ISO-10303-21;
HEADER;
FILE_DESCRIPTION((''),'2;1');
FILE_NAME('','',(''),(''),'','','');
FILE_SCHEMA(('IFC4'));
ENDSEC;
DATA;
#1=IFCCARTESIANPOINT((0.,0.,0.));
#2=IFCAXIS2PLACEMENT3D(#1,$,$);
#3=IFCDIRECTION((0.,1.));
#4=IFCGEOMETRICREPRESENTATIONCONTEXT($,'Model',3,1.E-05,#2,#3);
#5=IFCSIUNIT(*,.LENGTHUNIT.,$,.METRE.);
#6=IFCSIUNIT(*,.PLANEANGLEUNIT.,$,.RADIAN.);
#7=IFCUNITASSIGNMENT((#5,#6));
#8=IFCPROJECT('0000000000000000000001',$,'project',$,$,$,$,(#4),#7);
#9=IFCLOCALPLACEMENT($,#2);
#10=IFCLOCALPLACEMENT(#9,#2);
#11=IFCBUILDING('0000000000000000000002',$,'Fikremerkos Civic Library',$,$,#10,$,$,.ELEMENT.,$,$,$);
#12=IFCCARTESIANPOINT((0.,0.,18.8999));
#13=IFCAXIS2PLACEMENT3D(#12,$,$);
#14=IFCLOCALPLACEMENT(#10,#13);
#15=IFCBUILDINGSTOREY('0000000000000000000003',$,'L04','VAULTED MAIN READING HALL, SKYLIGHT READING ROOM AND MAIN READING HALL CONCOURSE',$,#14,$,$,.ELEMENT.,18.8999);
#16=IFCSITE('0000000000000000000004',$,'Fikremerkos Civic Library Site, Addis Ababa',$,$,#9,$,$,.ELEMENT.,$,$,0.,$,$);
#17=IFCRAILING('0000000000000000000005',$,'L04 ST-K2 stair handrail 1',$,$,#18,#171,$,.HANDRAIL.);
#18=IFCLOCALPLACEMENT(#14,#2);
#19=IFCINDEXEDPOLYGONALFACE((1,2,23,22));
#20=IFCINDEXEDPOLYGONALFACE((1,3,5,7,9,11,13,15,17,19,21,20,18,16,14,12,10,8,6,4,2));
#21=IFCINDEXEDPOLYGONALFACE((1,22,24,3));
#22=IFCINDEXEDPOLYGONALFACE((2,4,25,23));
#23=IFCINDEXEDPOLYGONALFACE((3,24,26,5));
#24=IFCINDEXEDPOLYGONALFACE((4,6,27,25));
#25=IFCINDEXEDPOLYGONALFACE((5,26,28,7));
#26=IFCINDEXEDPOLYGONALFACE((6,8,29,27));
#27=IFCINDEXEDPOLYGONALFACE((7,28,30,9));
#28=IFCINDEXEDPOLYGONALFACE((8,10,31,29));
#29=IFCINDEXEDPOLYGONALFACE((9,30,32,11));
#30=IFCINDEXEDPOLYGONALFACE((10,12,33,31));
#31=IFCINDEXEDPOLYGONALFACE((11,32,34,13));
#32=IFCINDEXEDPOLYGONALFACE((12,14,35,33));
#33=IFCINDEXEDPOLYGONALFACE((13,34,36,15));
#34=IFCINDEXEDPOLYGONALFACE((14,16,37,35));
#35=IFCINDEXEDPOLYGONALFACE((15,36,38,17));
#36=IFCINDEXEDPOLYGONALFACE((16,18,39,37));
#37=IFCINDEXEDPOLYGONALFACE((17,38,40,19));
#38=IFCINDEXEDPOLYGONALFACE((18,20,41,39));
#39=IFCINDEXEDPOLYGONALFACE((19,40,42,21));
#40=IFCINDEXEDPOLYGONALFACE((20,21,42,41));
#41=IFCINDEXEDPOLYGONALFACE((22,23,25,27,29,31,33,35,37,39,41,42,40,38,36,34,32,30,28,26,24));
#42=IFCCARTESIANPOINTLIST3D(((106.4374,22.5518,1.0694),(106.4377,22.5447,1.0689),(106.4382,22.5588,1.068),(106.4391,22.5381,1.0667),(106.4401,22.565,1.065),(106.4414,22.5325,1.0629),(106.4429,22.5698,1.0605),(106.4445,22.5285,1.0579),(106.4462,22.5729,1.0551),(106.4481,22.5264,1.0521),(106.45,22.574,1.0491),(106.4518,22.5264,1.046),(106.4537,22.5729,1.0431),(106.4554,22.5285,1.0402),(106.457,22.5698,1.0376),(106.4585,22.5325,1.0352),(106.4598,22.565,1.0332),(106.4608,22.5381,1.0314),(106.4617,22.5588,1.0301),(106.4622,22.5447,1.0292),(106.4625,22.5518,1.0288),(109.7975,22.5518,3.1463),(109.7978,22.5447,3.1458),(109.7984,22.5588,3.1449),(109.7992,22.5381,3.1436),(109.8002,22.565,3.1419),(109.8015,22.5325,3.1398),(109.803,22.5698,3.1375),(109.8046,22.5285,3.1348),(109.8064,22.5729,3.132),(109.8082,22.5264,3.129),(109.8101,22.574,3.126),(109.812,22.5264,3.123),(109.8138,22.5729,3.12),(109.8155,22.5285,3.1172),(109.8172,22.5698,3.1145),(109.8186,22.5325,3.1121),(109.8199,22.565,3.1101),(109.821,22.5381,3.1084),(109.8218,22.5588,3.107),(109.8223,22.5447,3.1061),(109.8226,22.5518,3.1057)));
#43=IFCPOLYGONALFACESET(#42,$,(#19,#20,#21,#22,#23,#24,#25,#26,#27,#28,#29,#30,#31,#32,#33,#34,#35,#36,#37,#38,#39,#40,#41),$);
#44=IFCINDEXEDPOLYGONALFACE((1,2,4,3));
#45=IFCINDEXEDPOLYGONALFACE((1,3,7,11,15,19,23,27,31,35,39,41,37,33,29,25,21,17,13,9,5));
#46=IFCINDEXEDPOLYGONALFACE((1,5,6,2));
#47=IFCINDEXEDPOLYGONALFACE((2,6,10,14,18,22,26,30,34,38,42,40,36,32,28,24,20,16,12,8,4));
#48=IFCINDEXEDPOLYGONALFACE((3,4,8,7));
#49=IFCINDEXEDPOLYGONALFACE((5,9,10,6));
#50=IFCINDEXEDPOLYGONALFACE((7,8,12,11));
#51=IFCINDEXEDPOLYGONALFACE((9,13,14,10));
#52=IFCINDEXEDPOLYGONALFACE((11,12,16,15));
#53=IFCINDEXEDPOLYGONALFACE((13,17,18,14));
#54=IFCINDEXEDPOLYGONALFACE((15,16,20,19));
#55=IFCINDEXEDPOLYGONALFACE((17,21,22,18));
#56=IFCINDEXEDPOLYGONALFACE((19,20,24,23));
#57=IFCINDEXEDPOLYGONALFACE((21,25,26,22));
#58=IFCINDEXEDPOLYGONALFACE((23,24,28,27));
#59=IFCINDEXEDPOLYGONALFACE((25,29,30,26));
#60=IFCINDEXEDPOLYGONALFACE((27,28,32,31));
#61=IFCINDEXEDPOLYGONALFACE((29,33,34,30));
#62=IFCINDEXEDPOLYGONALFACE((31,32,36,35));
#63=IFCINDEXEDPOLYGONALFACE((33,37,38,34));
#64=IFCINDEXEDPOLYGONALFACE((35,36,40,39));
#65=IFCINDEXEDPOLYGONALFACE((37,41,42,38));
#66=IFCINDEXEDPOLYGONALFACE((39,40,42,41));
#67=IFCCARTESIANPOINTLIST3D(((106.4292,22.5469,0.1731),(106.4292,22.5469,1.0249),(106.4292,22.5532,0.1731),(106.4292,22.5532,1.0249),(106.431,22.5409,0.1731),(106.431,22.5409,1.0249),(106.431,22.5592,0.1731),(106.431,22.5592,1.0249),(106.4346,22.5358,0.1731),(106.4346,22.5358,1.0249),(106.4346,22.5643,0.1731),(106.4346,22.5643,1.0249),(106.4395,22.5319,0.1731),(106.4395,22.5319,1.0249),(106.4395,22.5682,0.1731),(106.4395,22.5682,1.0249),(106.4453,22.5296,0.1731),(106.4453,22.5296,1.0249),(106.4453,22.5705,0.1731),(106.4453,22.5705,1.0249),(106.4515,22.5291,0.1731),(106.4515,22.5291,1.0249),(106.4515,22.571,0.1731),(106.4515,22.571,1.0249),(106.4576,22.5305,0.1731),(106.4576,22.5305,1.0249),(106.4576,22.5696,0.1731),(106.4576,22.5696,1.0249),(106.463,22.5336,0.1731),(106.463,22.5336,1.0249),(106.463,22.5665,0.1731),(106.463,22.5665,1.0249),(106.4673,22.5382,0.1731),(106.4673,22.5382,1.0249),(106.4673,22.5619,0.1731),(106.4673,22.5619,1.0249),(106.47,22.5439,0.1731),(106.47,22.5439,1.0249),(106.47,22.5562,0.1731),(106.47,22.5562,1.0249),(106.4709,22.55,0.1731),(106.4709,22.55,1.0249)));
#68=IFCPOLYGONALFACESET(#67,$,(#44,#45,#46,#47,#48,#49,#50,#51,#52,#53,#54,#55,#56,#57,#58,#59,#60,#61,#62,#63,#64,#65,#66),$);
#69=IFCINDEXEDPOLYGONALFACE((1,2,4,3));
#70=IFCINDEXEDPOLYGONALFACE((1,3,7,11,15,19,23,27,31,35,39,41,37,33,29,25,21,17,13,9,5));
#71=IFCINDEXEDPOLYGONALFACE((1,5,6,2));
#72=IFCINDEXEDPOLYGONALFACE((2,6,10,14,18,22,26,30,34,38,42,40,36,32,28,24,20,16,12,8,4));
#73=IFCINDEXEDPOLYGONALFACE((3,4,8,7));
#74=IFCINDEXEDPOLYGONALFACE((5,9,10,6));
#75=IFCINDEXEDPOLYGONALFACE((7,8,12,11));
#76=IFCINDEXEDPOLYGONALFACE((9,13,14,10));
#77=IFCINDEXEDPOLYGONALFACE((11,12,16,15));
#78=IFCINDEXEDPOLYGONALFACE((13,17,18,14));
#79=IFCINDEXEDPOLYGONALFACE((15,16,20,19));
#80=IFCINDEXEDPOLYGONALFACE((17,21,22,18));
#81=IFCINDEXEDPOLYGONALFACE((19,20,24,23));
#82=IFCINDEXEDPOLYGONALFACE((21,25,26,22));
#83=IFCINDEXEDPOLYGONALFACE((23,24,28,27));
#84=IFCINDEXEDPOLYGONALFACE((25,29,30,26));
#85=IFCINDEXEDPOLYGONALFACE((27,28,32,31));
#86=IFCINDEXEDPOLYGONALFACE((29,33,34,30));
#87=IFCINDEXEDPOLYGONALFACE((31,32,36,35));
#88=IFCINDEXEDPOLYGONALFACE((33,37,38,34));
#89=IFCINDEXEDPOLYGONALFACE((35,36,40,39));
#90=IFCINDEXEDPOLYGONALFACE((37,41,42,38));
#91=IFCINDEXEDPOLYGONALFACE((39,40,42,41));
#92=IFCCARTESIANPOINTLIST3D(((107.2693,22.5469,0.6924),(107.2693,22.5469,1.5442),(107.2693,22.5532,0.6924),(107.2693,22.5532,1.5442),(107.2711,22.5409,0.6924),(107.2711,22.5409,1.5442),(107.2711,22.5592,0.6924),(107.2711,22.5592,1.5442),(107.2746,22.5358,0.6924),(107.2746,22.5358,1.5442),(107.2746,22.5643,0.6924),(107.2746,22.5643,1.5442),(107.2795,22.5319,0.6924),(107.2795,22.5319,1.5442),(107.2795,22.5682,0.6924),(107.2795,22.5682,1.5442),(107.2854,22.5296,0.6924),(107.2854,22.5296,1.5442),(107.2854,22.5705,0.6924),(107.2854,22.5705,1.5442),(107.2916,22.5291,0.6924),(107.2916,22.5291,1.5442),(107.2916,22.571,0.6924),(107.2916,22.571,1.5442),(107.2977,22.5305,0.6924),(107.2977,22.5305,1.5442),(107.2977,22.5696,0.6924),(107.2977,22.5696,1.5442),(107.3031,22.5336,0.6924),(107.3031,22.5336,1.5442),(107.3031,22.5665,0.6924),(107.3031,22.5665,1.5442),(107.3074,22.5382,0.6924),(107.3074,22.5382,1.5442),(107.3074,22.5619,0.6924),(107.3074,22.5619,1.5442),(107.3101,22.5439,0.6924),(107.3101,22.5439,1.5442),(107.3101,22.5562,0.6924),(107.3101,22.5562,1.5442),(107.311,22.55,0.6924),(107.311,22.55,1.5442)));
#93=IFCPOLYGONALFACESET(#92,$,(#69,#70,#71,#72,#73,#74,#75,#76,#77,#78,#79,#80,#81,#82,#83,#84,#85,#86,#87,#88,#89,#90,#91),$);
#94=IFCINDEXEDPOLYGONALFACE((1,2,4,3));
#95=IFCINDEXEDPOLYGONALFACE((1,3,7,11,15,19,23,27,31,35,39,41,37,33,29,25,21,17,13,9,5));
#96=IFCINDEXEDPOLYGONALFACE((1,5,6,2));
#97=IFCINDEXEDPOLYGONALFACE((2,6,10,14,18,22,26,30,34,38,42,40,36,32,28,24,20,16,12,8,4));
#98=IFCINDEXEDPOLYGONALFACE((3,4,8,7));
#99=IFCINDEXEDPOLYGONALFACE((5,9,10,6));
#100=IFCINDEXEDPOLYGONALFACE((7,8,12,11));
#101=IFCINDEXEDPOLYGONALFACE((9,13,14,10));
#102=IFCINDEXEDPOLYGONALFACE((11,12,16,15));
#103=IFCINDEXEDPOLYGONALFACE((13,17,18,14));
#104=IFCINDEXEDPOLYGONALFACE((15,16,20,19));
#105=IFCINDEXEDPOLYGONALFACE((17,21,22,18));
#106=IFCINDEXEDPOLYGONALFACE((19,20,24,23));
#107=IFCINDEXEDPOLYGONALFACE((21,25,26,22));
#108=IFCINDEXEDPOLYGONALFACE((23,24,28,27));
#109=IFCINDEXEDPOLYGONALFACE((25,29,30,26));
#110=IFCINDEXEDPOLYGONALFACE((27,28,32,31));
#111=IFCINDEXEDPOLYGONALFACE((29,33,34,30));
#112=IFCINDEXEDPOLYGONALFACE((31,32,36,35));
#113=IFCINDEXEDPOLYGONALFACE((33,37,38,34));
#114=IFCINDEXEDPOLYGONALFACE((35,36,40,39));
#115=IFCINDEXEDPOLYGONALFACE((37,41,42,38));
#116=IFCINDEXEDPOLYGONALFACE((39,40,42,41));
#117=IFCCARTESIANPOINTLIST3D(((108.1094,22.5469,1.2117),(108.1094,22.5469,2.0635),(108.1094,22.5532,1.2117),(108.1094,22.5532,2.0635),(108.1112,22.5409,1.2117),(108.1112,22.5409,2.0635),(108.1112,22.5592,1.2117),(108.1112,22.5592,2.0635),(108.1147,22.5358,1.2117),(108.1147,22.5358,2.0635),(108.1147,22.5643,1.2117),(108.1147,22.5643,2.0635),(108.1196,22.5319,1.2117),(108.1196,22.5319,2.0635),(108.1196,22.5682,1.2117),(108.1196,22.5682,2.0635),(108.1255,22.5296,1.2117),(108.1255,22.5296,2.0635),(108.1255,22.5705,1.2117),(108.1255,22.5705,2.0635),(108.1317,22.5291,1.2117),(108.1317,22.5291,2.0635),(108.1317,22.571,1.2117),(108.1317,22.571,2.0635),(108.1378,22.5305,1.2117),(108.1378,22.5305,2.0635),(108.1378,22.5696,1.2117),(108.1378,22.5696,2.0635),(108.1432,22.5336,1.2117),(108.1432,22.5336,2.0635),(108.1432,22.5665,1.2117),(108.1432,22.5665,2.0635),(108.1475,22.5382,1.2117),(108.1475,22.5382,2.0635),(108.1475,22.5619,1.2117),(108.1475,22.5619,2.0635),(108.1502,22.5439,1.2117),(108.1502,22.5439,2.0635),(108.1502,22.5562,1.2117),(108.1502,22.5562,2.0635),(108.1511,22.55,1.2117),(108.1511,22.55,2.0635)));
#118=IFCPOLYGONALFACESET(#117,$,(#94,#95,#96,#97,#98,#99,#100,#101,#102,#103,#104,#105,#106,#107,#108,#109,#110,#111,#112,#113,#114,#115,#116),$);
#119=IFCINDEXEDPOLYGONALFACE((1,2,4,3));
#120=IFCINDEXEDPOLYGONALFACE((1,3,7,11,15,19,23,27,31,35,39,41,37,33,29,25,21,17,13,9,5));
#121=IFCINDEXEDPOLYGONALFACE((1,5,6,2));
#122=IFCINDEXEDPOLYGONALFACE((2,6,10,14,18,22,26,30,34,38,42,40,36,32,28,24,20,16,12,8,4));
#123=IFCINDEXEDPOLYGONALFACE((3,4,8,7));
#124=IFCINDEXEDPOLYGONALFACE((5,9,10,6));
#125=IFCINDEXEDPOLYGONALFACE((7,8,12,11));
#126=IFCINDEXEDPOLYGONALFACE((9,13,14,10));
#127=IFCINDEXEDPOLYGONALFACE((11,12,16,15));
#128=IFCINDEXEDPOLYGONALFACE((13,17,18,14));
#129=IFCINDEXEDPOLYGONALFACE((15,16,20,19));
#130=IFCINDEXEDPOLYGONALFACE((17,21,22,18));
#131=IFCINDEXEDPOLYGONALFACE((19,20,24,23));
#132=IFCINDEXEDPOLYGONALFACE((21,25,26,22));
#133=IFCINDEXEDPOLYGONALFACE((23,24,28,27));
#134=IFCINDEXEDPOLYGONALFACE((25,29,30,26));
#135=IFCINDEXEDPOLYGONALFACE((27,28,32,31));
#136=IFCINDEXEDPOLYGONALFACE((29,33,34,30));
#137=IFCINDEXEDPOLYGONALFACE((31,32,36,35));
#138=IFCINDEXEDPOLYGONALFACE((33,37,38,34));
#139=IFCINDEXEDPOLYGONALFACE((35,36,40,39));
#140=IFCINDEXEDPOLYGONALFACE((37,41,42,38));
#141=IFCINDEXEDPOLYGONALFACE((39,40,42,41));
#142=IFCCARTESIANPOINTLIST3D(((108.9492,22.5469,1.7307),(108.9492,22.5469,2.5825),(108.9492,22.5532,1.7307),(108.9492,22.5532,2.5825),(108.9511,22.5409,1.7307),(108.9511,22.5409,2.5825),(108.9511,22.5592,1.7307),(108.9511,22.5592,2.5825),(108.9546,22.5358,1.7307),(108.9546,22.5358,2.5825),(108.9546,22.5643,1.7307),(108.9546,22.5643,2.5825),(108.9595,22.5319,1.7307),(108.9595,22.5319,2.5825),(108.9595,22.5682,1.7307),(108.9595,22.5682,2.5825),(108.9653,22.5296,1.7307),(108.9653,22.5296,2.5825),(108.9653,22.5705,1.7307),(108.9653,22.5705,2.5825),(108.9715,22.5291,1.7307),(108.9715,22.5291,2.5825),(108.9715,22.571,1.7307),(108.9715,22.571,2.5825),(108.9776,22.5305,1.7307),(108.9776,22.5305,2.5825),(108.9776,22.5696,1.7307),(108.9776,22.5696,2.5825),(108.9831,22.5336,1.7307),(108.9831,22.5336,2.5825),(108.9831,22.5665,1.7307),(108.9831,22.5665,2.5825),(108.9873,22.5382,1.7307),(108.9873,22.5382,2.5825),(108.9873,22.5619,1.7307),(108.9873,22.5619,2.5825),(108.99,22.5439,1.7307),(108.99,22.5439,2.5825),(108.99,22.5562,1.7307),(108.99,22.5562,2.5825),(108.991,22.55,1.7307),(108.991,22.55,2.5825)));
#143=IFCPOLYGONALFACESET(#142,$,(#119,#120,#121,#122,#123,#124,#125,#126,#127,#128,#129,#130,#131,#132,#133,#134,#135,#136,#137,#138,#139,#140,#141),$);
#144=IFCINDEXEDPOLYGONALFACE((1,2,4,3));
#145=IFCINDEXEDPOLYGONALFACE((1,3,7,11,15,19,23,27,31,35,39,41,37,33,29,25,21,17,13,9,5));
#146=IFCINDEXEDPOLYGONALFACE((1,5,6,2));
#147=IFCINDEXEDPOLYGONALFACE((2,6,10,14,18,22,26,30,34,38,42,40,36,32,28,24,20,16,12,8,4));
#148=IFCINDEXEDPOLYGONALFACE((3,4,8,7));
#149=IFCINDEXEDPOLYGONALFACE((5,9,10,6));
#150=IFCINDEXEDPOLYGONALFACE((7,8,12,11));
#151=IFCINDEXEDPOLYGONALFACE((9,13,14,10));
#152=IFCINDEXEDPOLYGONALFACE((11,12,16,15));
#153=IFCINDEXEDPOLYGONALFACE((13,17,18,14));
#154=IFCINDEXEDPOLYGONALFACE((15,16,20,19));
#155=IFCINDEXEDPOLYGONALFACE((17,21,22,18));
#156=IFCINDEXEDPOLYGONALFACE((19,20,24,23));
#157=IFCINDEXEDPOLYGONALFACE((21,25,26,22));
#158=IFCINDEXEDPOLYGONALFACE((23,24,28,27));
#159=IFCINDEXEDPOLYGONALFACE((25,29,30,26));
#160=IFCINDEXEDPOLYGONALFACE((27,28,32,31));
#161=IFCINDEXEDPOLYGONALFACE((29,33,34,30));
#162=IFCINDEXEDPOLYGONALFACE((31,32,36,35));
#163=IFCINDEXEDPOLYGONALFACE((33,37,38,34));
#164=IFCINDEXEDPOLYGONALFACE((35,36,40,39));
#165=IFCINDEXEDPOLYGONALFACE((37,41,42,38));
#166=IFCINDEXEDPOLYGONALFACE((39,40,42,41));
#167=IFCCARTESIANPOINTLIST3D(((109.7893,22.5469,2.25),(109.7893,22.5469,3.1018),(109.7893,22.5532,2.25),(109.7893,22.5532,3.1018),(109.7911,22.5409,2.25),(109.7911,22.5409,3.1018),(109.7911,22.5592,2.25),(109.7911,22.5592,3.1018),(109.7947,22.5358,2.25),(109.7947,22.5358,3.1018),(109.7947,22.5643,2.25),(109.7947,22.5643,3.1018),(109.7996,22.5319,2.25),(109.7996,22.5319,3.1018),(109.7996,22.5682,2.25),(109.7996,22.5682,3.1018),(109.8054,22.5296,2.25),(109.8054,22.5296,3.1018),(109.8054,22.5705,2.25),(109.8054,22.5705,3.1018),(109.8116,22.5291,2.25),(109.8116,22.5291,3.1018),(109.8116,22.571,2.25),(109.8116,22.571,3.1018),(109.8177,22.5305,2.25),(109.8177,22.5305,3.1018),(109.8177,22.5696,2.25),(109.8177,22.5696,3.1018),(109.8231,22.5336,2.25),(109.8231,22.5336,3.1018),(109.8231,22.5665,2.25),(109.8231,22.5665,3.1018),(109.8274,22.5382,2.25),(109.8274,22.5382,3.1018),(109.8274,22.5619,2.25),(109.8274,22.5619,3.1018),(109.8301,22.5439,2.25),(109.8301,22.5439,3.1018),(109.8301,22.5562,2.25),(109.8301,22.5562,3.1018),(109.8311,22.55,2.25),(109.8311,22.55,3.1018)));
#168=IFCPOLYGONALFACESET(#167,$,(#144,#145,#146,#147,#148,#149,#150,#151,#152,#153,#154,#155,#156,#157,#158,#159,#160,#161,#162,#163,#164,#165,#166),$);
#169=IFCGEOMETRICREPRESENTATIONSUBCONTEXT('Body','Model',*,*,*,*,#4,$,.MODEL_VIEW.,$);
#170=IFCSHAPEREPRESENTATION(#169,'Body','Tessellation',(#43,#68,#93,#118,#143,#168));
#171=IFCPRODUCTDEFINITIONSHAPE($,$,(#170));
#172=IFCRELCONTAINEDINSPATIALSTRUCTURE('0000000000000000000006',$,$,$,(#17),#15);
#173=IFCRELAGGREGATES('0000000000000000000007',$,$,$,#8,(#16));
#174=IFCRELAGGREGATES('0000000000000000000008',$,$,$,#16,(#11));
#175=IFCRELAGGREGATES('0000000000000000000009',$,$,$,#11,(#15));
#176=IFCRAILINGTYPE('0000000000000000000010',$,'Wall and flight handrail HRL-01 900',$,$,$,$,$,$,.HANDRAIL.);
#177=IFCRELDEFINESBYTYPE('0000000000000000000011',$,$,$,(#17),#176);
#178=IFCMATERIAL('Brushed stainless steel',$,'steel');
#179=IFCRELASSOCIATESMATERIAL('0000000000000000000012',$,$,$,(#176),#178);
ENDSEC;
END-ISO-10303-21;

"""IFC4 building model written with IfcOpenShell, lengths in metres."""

from ifc_helpers import new_model, si_unit, direction, frame, origin, origin_2d, place, context, subcontext, project, spatial, circle, extrude, material, type_object, element, save


model = new_model("IFC4")

# Units and contexts
model_context = context("Model", 3, precision=1e-05, world=origin(), true_north=direction((0.0, 1.0)))
body_context = subcontext(model_context, "Body", "Model", "MODEL_VIEW")
ifc_project = project(units=[si_unit("LENGTHUNIT", "METRE"), si_unit("PLANEANGLEUNIT", "RADIAN")], contexts=[model_context])

# Site, building, storey
site_placement = place(None, origin())
site = spatial("IfcSite", under=ifc_project, at=site_placement, Name="Fikremerkos Civic Library Site, Addis Ababa", CompositionType="ELEMENT", RefElevation=0.0)
building_placement = place(site_placement, origin())
building = spatial("IfcBuilding", under=site, at=building_placement, Name="Fikremerkos Civic Library", CompositionType="ELEMENT")
storey_placement = place(building_placement, frame((0.0, 0.0, 18.8999)))
storey = spatial("IfcBuildingStorey", under=building, at=storey_placement, Name="L04", Description="VAULTED MAIN READING HALL, SKYLIGHT READING ROOM AND MAIN READING HALL CONCOURSE", CompositionType="ELEMENT", Elevation=18.8999)

# Shared definitions
ifc_material_1 = material(Name="Brushed stainless steel", Category="steel")

# Railing
railing_type_1 = type_object("IfcRailingType", Name="Wall and flight handrail HRL-01 900", PredefinedType="HANDRAIL", material=ifc_material_1)
railing_1_placement = place(storey_placement, frame((106.45, 22.55, 0.1731)))
element("IfcRailing", 1, at=railing_1_placement, inside=storey, type_object=railing_type_1, Name="L04 ST-K2 stair handrail 1", PredefinedType="HANDRAIL", context=body_context, shape_type="SweptSolid", body=[
    extrude(circle(Radius=0.0239, at=origin_2d()), frame((0.0, 0.0, 0.876), z_axis=(0.850623, 0.0, 0.525776), x_axis=(0.0, 1.0, 0.0)), (0.0, 0.0, 1.0), 3.9502),
    extrude(circle(Radius=0.021, at=origin_2d()), origin(), (0.0, 0.0, 1.0), 0.8518),
    extrude(circle(Radius=0.021, at=origin_2d()), frame((0.8401, 0.0, 0.5193)), (0.0, 0.0, 1.0), 0.8518),
    extrude(circle(Radius=0.021, at=origin_2d()), frame((1.6802, 0.0, 1.0386)), (0.0, 0.0, 1.0), 0.8518),
    extrude(circle(Radius=0.021, at=origin_2d()), frame((2.52, 0.0, 1.5576)), (0.0, 0.0, 1.0), 0.8518),
    extrude(circle(Radius=0.021, at=origin_2d()), frame((3.3601, 0.0, 2.0769)), (0.0, 0.0, 1.0), 0.8518),
])

save(model, "model.ifc")
